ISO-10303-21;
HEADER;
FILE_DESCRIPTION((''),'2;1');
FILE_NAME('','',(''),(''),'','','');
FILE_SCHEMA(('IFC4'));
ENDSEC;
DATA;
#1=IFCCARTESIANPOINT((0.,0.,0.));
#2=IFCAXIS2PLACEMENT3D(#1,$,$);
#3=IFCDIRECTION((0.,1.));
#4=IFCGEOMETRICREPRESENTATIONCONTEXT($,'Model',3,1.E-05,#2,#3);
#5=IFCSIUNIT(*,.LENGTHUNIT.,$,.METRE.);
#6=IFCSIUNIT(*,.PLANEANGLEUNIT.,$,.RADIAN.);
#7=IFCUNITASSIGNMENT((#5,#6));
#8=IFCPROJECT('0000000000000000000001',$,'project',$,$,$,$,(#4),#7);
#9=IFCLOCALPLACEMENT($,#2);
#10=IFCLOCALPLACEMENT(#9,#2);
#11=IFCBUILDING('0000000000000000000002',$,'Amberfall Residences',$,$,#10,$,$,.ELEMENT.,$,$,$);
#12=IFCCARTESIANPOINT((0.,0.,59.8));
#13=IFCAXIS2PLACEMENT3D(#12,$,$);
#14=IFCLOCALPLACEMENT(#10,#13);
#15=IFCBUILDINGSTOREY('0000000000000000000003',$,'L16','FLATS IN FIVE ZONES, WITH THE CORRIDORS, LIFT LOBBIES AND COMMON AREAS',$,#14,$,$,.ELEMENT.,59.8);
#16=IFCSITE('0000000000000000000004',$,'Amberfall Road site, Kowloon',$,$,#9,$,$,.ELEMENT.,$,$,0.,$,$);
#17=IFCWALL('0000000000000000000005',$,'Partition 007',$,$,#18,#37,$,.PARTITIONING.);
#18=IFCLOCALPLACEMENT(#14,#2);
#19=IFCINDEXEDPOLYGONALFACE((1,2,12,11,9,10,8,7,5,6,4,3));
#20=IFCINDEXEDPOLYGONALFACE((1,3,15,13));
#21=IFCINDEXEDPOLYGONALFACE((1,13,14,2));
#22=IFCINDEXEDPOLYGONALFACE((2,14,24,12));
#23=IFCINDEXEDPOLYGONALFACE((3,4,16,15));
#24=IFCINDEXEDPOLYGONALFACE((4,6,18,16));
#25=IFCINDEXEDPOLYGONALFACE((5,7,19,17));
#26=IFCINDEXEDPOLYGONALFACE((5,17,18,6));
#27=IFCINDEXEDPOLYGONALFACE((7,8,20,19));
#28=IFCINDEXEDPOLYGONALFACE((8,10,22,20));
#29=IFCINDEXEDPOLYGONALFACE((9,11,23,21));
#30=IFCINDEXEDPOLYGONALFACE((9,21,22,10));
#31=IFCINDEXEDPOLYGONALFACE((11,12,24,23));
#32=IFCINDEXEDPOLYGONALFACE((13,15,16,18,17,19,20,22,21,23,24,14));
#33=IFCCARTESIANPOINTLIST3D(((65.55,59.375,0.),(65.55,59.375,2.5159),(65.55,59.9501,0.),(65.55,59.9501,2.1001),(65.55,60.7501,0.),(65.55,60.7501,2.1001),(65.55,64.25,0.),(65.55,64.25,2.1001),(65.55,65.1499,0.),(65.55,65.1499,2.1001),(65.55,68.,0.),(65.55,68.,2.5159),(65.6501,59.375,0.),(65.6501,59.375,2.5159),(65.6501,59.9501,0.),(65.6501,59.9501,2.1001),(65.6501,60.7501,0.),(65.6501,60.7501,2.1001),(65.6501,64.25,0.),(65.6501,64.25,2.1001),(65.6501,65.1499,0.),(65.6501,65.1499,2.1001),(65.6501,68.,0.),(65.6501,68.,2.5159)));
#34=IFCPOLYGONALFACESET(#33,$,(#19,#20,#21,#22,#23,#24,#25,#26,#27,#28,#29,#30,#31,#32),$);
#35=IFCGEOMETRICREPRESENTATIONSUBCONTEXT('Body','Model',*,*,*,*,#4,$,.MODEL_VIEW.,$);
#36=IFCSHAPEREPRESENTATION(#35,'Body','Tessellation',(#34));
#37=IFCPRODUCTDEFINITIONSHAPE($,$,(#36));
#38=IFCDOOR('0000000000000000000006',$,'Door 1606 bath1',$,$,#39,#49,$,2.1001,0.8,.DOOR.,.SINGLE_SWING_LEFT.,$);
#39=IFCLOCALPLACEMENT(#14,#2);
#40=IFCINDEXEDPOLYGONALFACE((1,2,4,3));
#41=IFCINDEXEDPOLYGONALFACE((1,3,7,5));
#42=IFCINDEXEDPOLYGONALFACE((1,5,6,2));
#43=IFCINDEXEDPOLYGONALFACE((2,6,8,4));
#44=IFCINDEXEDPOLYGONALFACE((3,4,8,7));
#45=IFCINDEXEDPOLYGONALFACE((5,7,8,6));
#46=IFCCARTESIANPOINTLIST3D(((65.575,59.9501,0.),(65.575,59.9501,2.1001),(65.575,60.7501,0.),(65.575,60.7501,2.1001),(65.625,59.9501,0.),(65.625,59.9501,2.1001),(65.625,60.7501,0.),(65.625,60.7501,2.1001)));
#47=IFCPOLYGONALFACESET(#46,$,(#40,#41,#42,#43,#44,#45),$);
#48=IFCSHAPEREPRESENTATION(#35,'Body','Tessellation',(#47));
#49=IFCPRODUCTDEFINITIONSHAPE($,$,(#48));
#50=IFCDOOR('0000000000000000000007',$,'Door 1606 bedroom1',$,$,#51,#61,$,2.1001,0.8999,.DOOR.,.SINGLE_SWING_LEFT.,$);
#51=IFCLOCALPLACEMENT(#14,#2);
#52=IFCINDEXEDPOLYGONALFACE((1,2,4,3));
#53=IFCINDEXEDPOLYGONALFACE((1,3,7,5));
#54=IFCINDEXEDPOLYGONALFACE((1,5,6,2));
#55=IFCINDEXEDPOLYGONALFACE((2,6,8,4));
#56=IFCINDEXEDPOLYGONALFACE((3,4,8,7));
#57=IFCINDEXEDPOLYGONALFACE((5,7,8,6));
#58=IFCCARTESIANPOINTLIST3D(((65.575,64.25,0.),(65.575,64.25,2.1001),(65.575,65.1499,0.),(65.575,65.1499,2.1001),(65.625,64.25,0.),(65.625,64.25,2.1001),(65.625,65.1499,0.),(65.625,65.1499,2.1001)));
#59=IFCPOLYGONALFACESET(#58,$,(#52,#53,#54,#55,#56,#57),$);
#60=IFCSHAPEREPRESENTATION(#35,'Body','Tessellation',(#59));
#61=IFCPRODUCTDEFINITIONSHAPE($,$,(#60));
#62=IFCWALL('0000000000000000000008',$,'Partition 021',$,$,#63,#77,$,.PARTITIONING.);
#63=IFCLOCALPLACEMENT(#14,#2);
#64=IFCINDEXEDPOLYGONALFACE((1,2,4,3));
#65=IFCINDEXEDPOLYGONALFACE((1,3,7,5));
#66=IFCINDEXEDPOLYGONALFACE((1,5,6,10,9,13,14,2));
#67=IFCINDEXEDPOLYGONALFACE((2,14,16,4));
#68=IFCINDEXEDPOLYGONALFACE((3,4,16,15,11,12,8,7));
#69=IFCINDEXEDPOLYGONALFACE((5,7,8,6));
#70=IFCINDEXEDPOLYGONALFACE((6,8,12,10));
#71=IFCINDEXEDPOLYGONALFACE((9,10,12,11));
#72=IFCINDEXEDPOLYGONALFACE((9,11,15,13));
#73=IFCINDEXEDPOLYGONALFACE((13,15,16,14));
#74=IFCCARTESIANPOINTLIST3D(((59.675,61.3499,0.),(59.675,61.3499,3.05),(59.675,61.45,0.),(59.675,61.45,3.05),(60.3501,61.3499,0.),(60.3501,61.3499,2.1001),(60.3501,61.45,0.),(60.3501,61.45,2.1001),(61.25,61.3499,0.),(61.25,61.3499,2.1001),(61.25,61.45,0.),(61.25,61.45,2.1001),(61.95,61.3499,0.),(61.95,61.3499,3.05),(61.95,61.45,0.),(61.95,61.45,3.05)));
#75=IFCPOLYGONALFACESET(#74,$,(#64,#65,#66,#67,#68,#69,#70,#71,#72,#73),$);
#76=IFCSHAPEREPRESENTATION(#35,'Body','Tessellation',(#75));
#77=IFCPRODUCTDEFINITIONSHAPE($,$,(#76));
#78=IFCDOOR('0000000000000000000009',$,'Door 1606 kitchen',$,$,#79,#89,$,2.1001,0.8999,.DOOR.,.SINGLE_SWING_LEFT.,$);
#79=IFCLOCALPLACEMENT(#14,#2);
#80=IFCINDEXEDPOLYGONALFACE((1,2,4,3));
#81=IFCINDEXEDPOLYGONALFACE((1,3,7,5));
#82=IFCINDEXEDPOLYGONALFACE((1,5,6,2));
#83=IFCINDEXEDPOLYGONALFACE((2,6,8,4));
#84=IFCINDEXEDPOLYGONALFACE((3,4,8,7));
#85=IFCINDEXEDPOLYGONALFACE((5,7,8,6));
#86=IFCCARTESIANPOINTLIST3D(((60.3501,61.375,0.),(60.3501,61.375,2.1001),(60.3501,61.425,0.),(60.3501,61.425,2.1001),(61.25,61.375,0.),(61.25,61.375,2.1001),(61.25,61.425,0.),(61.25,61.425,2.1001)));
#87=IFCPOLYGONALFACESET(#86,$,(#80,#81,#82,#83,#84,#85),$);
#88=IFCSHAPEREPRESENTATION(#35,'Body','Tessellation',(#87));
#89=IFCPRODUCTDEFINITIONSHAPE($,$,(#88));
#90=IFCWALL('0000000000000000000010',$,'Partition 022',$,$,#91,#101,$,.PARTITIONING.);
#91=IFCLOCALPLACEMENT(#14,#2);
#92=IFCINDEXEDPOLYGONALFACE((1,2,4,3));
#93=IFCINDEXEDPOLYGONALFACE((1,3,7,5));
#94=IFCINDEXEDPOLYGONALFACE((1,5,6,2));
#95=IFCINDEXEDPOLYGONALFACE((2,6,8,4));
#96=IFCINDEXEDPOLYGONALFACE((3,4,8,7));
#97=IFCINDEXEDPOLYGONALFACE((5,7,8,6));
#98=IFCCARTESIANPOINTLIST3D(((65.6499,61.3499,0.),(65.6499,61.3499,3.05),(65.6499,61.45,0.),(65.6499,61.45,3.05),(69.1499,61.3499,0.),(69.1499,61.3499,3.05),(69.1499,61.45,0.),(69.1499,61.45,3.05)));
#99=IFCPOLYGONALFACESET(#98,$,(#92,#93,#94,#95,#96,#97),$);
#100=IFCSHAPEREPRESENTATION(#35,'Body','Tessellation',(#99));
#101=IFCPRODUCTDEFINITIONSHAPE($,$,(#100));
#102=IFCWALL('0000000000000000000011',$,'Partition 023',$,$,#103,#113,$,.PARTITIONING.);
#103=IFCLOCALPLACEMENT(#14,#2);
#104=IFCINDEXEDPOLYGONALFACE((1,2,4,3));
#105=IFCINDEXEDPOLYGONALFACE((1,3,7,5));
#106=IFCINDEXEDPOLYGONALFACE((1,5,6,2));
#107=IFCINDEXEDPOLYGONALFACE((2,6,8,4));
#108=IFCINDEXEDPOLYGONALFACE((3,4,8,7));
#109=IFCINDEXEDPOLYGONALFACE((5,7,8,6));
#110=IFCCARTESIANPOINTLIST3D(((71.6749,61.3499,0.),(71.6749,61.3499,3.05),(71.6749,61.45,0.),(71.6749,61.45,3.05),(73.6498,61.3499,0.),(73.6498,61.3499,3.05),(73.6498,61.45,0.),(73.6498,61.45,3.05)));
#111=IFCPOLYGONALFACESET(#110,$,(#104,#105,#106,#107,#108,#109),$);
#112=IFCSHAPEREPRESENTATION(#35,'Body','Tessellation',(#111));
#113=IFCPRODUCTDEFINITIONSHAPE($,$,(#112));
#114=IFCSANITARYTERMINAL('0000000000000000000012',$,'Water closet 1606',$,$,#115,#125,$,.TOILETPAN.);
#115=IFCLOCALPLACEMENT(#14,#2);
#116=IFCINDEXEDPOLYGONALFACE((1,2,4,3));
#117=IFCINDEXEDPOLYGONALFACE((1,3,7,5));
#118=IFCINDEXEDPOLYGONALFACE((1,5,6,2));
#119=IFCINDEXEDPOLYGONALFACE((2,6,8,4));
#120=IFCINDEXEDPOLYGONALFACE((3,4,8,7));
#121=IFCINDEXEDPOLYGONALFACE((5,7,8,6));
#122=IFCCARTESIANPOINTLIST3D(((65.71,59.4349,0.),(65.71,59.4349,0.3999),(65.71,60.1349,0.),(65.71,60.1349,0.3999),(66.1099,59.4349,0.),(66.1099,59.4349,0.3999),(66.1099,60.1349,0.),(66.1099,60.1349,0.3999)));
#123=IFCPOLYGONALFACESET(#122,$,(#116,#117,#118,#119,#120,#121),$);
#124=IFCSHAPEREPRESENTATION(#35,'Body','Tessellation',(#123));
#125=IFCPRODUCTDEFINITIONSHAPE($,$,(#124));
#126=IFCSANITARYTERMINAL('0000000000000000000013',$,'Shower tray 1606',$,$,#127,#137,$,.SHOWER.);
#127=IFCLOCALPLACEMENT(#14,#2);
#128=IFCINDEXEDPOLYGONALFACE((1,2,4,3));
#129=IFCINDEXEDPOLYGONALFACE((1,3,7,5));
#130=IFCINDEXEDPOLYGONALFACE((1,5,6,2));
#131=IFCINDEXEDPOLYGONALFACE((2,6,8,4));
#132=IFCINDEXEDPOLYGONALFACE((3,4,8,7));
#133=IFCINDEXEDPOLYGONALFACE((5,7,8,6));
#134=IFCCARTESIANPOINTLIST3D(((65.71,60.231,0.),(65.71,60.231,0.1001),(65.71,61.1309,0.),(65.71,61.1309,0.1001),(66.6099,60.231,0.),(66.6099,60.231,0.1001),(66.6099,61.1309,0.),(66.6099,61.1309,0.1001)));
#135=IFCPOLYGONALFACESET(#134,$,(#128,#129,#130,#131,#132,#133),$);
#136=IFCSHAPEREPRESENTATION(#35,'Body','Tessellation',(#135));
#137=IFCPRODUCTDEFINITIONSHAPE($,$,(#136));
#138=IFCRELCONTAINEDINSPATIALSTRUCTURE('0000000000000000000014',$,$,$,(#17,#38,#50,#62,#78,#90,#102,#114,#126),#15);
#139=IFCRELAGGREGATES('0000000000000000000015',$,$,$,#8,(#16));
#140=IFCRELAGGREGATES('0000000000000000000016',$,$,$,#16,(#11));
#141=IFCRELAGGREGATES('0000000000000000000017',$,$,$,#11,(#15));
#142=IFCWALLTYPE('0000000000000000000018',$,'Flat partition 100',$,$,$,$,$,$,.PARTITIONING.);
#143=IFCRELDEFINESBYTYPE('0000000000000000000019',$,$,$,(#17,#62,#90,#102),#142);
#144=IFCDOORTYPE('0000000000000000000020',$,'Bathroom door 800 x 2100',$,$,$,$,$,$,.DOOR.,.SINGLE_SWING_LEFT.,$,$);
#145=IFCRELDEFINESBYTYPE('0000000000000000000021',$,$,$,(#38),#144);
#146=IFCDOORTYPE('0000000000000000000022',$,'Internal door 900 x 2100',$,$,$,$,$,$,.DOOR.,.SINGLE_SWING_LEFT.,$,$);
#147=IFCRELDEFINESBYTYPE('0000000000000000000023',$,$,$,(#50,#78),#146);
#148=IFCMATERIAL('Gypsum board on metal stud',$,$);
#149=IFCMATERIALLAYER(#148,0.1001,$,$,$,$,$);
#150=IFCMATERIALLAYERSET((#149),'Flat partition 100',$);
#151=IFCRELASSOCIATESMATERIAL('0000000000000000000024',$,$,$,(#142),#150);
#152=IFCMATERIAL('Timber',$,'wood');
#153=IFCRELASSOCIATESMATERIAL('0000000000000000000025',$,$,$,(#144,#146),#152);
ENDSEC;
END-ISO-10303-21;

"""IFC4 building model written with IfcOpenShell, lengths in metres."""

from ifc_helpers import new_model, si_unit, direction, frame, frame_2d, origin, origin_2d, place, context, subcontext, project, spatial, rectangle, extrude, material, layer, layer_set, type_object, element, fill, save


model = new_model("IFC4")

# Units and contexts
model_context = context("Model", 3, precision=1e-05, world=origin(), true_north=direction((0.0, 1.0)))
body_context = subcontext(model_context, "Body", "Model", "MODEL_VIEW")
ifc_project = project(units=[si_unit("LENGTHUNIT", "METRE"), si_unit("PLANEANGLEUNIT", "RADIAN")], contexts=[model_context])

# Site, building, storey
site_placement = place(None, origin())
site = spatial("IfcSite", under=ifc_project, at=site_placement, Name="Amberfall Road site, Kowloon", CompositionType="ELEMENT", RefElevation=0.0)
building_placement = place(site_placement, origin())
building = spatial("IfcBuilding", under=site, at=building_placement, Name="Amberfall Residences", CompositionType="ELEMENT")
storey_placement = place(building_placement, frame((0.0, 0.0, 59.8)))
storey = spatial("IfcBuildingStorey", under=building, at=storey_placement, Name="L16", Description="FLATS IN FIVE ZONES, WITH THE CORRIDORS, LIFT LOBBIES AND COMMON AREAS", CompositionType="ELEMENT", Elevation=59.8)

# Wall, openings, doors
ifc_material_1 = material(Name="Gypsum board on metal stud")
ifc_layer_1 = layer(ifc_material_1, 0.1001)
ifc_layer_set_1 = layer_set([ifc_layer_1], Name="Flat partition 100")
wall_type = type_object("IfcWallType", Name="Flat partition 100", PredefinedType="PARTITIONING", material=ifc_layer_set_1)
wall_1_placement = place(storey_placement, frame((65.6001, 68.0, 0.0), z_axis=(0.0, 0.0, 1.0), x_axis=(0.0, -1.0, 0.0)))
wall_1 = element("IfcWall", 1, at=wall_1_placement, inside=storey, type_object=wall_type, Name="Partition 007", PredefinedType="PARTITIONING", context=body_context, shape_type="SweptSolid", body=[
    extrude(rectangle(XDim=8.625, YDim=0.1001, at=frame_2d((4.3125, 0.0))), origin(), (0.0, 0.0, 1.0), 2.5159),
])
opening_1_placement = place(wall_1_placement, frame((2.8501, 0.0, 0.0)))
opening_1 = element("IfcOpeningElement", 2, at=opening_1_placement, cuts=wall_1, PredefinedType="OPENING", context=body_context, shape_type="SweptSolid", body=[
    extrude(rectangle(XDim=0.8999, YDim=2.1001, at=frame_2d((0.45, 1.05))), frame((0.0, 0.0601, 0.0), z_axis=(0.0, -1.0, 0.0), x_axis=(1.0, 0.0, 0.0)), (0.0, 0.0, 1.0), 0.1201),
])
opening_2_placement = place(wall_1_placement, frame((7.25, 0.0, 0.0)))
opening_2 = element("IfcOpeningElement", 3, at=opening_2_placement, cuts=wall_1, PredefinedType="OPENING", context=body_context, shape_type="SweptSolid", body=[
    extrude(rectangle(XDim=0.8, YDim=2.1001, at=frame_2d((0.3999, 1.05))), frame((0.0, 0.0601, 0.0), z_axis=(0.0, -1.0, 0.0), x_axis=(1.0, 0.0, 0.0)), (0.0, 0.0, 1.0), 0.1201),
])
ifc_material_2 = material(Name="Timber", Category="wood")
door_type_1 = type_object("IfcDoorType", Name="Bathroom door 800 x 2100", OperationType="SINGLE_SWING_LEFT", PredefinedType="DOOR", material=ifc_material_2)
door_1_placement = place(opening_2_placement, origin())
door_1 = element("IfcDoor", 4, at=door_1_placement, inside=storey, type_object=door_type_1, Name="Door 1606 bath1", OperationType="SINGLE_SWING_LEFT", OverallHeight=2.1001, OverallWidth=0.8, PredefinedType="DOOR", context=body_context, shape_type="SweptSolid", body=[
    extrude(rectangle(XDim=0.8, YDim=2.1001, at=frame_2d((0.3999, 1.05))), frame((0.0, 0.0249, 0.0), z_axis=(0.0, -1.0, 0.0), x_axis=(1.0, 0.0, 0.0)), (0.0, 0.0, 1.0), 0.05),
])
fill(opening_2, door_1)
door_type_2 = type_object("IfcDoorType", Name="Internal door 900 x 2100", OperationType="SINGLE_SWING_LEFT", PredefinedType="DOOR", material=ifc_material_2)
door_2_placement = place(opening_1_placement, origin())
door_2 = element("IfcDoor", 5, at=door_2_placement, inside=storey, type_object=door_type_2, Name="Door 1606 bedroom1", OperationType="SINGLE_SWING_LEFT", OverallHeight=2.1001, OverallWidth=0.8999, PredefinedType="DOOR", context=body_context, shape_type="SweptSolid", body=[
    extrude(rectangle(XDim=0.8999, YDim=2.1001, at=frame_2d((0.45, 1.05))), frame((0.0, 0.0249, 0.0), z_axis=(0.0, -1.0, 0.0), x_axis=(1.0, 0.0, 0.0)), (0.0, 0.0, 1.0), 0.05),
])
fill(opening_1, door_2)

# Wall, opening, door
wall_2_placement = place(storey_placement, frame((61.95, 61.3999, 0.0), z_axis=(0.0, 0.0, 1.0), x_axis=(-1.0, 0.0, 0.0)))
wall_2 = element("IfcWall", 6, at=wall_2_placement, inside=storey, type_object=wall_type, Name="Partition 021", PredefinedType="PARTITIONING", context=body_context, shape_type="SweptSolid", body=[
    extrude(rectangle(XDim=2.2749, YDim=0.1001, at=frame_2d((1.1375, 0.0))), origin(), (0.0, 0.0, 1.0), 3.05),
])
opening_3_placement = place(wall_2_placement, frame((0.7, 0.0, 0.0)))
opening_3 = element("IfcOpeningElement", 7, at=opening_3_placement, cuts=wall_2, PredefinedType="OPENING", context=body_context, shape_type="SweptSolid", body=[
    extrude(rectangle(XDim=0.8999, YDim=2.1001, at=frame_2d((0.45, 1.05))), frame((0.0, 0.0601, 0.0), z_axis=(0.0, -1.0, 0.0), x_axis=(1.0, 0.0, 0.0)), (0.0, 0.0, 1.0), 0.1201),
])
door_3_placement = place(opening_3_placement, origin())
door_3 = element("IfcDoor", 8, at=door_3_placement, inside=storey, type_object=door_type_2, Name="Door 1606 kitchen", OperationType="SINGLE_SWING_LEFT", OverallHeight=2.1001, OverallWidth=0.8999, PredefinedType="DOOR", context=body_context, shape_type="SweptSolid", body=[
    extrude(rectangle(XDim=0.8999, YDim=2.1001, at=frame_2d((0.45, 1.05))), frame((0.0, 0.0249, 0.0), z_axis=(0.0, -1.0, 0.0), x_axis=(1.0, 0.0, 0.0)), (0.0, 0.0, 1.0), 0.05),
])
fill(opening_3, door_3)

# Walls
wall_3_placement = place(storey_placement, frame((65.6499, 61.3999, 0.0), z_axis=(0.0, 0.0, 1.0), x_axis=(1.0, 0.0, 0.0)))
element("IfcWall", 9, at=wall_3_placement, inside=storey, type_object=wall_type, Name="Partition 022", PredefinedType="PARTITIONING", context=body_context, shape_type="SweptSolid", body=[
    extrude(rectangle(XDim=3.5, YDim=0.1001, at=frame_2d((1.75, 0.0))), origin(), (0.0, 0.0, 1.0), 3.05),
])
wall_4_placement = place(storey_placement, frame((71.675, 61.3999, 0.0), z_axis=(0.0, 0.0, 1.0), x_axis=(1.0, 0.0, 0.0)))
element("IfcWall", 10, at=wall_4_placement, inside=storey, type_object=wall_type, Name="Partition 023", PredefinedType="PARTITIONING", context=body_context, shape_type="SweptSolid", body=[
    extrude(rectangle(XDim=1.9749, YDim=0.1001, at=frame_2d((0.9873, 0.0))), origin(), (0.0, 0.0, 1.0), 3.05),
])

# Sanitary terminals
sanitary_terminal_1_placement = place(storey_placement, frame((65.9099, 59.7849, 0.0), z_axis=(0.0, 0.0, 1.0), x_axis=(1.0, 0.0, 0.0)))
element("IfcSanitaryTerminal", 11, at=sanitary_terminal_1_placement, inside=storey, Name="Water closet 1606", PredefinedType="TOILETPAN", context=body_context, shape_type="SweptSolid", body=[
    extrude(rectangle(XDim=0.3999, YDim=0.7, at=origin_2d()), origin(), (0.0, 0.0, 1.0), 0.3999),
])
sanitary_terminal_2_placement = place(storey_placement, frame((66.1599, 60.6809, 0.0), z_axis=(0.0, 0.0, 1.0), x_axis=(1.0, 0.0, 0.0)))
element("IfcSanitaryTerminal", 12, at=sanitary_terminal_2_placement, inside=storey, Name="Shower tray 1606", PredefinedType="SHOWER", context=body_context, shape_type="SweptSolid", body=[
    extrude(rectangle(XDim=0.8999, YDim=0.8999, at=origin_2d()), origin(), (0.0, 0.0, 1.0), 0.1001),
])

save(model, "model.ifc")
